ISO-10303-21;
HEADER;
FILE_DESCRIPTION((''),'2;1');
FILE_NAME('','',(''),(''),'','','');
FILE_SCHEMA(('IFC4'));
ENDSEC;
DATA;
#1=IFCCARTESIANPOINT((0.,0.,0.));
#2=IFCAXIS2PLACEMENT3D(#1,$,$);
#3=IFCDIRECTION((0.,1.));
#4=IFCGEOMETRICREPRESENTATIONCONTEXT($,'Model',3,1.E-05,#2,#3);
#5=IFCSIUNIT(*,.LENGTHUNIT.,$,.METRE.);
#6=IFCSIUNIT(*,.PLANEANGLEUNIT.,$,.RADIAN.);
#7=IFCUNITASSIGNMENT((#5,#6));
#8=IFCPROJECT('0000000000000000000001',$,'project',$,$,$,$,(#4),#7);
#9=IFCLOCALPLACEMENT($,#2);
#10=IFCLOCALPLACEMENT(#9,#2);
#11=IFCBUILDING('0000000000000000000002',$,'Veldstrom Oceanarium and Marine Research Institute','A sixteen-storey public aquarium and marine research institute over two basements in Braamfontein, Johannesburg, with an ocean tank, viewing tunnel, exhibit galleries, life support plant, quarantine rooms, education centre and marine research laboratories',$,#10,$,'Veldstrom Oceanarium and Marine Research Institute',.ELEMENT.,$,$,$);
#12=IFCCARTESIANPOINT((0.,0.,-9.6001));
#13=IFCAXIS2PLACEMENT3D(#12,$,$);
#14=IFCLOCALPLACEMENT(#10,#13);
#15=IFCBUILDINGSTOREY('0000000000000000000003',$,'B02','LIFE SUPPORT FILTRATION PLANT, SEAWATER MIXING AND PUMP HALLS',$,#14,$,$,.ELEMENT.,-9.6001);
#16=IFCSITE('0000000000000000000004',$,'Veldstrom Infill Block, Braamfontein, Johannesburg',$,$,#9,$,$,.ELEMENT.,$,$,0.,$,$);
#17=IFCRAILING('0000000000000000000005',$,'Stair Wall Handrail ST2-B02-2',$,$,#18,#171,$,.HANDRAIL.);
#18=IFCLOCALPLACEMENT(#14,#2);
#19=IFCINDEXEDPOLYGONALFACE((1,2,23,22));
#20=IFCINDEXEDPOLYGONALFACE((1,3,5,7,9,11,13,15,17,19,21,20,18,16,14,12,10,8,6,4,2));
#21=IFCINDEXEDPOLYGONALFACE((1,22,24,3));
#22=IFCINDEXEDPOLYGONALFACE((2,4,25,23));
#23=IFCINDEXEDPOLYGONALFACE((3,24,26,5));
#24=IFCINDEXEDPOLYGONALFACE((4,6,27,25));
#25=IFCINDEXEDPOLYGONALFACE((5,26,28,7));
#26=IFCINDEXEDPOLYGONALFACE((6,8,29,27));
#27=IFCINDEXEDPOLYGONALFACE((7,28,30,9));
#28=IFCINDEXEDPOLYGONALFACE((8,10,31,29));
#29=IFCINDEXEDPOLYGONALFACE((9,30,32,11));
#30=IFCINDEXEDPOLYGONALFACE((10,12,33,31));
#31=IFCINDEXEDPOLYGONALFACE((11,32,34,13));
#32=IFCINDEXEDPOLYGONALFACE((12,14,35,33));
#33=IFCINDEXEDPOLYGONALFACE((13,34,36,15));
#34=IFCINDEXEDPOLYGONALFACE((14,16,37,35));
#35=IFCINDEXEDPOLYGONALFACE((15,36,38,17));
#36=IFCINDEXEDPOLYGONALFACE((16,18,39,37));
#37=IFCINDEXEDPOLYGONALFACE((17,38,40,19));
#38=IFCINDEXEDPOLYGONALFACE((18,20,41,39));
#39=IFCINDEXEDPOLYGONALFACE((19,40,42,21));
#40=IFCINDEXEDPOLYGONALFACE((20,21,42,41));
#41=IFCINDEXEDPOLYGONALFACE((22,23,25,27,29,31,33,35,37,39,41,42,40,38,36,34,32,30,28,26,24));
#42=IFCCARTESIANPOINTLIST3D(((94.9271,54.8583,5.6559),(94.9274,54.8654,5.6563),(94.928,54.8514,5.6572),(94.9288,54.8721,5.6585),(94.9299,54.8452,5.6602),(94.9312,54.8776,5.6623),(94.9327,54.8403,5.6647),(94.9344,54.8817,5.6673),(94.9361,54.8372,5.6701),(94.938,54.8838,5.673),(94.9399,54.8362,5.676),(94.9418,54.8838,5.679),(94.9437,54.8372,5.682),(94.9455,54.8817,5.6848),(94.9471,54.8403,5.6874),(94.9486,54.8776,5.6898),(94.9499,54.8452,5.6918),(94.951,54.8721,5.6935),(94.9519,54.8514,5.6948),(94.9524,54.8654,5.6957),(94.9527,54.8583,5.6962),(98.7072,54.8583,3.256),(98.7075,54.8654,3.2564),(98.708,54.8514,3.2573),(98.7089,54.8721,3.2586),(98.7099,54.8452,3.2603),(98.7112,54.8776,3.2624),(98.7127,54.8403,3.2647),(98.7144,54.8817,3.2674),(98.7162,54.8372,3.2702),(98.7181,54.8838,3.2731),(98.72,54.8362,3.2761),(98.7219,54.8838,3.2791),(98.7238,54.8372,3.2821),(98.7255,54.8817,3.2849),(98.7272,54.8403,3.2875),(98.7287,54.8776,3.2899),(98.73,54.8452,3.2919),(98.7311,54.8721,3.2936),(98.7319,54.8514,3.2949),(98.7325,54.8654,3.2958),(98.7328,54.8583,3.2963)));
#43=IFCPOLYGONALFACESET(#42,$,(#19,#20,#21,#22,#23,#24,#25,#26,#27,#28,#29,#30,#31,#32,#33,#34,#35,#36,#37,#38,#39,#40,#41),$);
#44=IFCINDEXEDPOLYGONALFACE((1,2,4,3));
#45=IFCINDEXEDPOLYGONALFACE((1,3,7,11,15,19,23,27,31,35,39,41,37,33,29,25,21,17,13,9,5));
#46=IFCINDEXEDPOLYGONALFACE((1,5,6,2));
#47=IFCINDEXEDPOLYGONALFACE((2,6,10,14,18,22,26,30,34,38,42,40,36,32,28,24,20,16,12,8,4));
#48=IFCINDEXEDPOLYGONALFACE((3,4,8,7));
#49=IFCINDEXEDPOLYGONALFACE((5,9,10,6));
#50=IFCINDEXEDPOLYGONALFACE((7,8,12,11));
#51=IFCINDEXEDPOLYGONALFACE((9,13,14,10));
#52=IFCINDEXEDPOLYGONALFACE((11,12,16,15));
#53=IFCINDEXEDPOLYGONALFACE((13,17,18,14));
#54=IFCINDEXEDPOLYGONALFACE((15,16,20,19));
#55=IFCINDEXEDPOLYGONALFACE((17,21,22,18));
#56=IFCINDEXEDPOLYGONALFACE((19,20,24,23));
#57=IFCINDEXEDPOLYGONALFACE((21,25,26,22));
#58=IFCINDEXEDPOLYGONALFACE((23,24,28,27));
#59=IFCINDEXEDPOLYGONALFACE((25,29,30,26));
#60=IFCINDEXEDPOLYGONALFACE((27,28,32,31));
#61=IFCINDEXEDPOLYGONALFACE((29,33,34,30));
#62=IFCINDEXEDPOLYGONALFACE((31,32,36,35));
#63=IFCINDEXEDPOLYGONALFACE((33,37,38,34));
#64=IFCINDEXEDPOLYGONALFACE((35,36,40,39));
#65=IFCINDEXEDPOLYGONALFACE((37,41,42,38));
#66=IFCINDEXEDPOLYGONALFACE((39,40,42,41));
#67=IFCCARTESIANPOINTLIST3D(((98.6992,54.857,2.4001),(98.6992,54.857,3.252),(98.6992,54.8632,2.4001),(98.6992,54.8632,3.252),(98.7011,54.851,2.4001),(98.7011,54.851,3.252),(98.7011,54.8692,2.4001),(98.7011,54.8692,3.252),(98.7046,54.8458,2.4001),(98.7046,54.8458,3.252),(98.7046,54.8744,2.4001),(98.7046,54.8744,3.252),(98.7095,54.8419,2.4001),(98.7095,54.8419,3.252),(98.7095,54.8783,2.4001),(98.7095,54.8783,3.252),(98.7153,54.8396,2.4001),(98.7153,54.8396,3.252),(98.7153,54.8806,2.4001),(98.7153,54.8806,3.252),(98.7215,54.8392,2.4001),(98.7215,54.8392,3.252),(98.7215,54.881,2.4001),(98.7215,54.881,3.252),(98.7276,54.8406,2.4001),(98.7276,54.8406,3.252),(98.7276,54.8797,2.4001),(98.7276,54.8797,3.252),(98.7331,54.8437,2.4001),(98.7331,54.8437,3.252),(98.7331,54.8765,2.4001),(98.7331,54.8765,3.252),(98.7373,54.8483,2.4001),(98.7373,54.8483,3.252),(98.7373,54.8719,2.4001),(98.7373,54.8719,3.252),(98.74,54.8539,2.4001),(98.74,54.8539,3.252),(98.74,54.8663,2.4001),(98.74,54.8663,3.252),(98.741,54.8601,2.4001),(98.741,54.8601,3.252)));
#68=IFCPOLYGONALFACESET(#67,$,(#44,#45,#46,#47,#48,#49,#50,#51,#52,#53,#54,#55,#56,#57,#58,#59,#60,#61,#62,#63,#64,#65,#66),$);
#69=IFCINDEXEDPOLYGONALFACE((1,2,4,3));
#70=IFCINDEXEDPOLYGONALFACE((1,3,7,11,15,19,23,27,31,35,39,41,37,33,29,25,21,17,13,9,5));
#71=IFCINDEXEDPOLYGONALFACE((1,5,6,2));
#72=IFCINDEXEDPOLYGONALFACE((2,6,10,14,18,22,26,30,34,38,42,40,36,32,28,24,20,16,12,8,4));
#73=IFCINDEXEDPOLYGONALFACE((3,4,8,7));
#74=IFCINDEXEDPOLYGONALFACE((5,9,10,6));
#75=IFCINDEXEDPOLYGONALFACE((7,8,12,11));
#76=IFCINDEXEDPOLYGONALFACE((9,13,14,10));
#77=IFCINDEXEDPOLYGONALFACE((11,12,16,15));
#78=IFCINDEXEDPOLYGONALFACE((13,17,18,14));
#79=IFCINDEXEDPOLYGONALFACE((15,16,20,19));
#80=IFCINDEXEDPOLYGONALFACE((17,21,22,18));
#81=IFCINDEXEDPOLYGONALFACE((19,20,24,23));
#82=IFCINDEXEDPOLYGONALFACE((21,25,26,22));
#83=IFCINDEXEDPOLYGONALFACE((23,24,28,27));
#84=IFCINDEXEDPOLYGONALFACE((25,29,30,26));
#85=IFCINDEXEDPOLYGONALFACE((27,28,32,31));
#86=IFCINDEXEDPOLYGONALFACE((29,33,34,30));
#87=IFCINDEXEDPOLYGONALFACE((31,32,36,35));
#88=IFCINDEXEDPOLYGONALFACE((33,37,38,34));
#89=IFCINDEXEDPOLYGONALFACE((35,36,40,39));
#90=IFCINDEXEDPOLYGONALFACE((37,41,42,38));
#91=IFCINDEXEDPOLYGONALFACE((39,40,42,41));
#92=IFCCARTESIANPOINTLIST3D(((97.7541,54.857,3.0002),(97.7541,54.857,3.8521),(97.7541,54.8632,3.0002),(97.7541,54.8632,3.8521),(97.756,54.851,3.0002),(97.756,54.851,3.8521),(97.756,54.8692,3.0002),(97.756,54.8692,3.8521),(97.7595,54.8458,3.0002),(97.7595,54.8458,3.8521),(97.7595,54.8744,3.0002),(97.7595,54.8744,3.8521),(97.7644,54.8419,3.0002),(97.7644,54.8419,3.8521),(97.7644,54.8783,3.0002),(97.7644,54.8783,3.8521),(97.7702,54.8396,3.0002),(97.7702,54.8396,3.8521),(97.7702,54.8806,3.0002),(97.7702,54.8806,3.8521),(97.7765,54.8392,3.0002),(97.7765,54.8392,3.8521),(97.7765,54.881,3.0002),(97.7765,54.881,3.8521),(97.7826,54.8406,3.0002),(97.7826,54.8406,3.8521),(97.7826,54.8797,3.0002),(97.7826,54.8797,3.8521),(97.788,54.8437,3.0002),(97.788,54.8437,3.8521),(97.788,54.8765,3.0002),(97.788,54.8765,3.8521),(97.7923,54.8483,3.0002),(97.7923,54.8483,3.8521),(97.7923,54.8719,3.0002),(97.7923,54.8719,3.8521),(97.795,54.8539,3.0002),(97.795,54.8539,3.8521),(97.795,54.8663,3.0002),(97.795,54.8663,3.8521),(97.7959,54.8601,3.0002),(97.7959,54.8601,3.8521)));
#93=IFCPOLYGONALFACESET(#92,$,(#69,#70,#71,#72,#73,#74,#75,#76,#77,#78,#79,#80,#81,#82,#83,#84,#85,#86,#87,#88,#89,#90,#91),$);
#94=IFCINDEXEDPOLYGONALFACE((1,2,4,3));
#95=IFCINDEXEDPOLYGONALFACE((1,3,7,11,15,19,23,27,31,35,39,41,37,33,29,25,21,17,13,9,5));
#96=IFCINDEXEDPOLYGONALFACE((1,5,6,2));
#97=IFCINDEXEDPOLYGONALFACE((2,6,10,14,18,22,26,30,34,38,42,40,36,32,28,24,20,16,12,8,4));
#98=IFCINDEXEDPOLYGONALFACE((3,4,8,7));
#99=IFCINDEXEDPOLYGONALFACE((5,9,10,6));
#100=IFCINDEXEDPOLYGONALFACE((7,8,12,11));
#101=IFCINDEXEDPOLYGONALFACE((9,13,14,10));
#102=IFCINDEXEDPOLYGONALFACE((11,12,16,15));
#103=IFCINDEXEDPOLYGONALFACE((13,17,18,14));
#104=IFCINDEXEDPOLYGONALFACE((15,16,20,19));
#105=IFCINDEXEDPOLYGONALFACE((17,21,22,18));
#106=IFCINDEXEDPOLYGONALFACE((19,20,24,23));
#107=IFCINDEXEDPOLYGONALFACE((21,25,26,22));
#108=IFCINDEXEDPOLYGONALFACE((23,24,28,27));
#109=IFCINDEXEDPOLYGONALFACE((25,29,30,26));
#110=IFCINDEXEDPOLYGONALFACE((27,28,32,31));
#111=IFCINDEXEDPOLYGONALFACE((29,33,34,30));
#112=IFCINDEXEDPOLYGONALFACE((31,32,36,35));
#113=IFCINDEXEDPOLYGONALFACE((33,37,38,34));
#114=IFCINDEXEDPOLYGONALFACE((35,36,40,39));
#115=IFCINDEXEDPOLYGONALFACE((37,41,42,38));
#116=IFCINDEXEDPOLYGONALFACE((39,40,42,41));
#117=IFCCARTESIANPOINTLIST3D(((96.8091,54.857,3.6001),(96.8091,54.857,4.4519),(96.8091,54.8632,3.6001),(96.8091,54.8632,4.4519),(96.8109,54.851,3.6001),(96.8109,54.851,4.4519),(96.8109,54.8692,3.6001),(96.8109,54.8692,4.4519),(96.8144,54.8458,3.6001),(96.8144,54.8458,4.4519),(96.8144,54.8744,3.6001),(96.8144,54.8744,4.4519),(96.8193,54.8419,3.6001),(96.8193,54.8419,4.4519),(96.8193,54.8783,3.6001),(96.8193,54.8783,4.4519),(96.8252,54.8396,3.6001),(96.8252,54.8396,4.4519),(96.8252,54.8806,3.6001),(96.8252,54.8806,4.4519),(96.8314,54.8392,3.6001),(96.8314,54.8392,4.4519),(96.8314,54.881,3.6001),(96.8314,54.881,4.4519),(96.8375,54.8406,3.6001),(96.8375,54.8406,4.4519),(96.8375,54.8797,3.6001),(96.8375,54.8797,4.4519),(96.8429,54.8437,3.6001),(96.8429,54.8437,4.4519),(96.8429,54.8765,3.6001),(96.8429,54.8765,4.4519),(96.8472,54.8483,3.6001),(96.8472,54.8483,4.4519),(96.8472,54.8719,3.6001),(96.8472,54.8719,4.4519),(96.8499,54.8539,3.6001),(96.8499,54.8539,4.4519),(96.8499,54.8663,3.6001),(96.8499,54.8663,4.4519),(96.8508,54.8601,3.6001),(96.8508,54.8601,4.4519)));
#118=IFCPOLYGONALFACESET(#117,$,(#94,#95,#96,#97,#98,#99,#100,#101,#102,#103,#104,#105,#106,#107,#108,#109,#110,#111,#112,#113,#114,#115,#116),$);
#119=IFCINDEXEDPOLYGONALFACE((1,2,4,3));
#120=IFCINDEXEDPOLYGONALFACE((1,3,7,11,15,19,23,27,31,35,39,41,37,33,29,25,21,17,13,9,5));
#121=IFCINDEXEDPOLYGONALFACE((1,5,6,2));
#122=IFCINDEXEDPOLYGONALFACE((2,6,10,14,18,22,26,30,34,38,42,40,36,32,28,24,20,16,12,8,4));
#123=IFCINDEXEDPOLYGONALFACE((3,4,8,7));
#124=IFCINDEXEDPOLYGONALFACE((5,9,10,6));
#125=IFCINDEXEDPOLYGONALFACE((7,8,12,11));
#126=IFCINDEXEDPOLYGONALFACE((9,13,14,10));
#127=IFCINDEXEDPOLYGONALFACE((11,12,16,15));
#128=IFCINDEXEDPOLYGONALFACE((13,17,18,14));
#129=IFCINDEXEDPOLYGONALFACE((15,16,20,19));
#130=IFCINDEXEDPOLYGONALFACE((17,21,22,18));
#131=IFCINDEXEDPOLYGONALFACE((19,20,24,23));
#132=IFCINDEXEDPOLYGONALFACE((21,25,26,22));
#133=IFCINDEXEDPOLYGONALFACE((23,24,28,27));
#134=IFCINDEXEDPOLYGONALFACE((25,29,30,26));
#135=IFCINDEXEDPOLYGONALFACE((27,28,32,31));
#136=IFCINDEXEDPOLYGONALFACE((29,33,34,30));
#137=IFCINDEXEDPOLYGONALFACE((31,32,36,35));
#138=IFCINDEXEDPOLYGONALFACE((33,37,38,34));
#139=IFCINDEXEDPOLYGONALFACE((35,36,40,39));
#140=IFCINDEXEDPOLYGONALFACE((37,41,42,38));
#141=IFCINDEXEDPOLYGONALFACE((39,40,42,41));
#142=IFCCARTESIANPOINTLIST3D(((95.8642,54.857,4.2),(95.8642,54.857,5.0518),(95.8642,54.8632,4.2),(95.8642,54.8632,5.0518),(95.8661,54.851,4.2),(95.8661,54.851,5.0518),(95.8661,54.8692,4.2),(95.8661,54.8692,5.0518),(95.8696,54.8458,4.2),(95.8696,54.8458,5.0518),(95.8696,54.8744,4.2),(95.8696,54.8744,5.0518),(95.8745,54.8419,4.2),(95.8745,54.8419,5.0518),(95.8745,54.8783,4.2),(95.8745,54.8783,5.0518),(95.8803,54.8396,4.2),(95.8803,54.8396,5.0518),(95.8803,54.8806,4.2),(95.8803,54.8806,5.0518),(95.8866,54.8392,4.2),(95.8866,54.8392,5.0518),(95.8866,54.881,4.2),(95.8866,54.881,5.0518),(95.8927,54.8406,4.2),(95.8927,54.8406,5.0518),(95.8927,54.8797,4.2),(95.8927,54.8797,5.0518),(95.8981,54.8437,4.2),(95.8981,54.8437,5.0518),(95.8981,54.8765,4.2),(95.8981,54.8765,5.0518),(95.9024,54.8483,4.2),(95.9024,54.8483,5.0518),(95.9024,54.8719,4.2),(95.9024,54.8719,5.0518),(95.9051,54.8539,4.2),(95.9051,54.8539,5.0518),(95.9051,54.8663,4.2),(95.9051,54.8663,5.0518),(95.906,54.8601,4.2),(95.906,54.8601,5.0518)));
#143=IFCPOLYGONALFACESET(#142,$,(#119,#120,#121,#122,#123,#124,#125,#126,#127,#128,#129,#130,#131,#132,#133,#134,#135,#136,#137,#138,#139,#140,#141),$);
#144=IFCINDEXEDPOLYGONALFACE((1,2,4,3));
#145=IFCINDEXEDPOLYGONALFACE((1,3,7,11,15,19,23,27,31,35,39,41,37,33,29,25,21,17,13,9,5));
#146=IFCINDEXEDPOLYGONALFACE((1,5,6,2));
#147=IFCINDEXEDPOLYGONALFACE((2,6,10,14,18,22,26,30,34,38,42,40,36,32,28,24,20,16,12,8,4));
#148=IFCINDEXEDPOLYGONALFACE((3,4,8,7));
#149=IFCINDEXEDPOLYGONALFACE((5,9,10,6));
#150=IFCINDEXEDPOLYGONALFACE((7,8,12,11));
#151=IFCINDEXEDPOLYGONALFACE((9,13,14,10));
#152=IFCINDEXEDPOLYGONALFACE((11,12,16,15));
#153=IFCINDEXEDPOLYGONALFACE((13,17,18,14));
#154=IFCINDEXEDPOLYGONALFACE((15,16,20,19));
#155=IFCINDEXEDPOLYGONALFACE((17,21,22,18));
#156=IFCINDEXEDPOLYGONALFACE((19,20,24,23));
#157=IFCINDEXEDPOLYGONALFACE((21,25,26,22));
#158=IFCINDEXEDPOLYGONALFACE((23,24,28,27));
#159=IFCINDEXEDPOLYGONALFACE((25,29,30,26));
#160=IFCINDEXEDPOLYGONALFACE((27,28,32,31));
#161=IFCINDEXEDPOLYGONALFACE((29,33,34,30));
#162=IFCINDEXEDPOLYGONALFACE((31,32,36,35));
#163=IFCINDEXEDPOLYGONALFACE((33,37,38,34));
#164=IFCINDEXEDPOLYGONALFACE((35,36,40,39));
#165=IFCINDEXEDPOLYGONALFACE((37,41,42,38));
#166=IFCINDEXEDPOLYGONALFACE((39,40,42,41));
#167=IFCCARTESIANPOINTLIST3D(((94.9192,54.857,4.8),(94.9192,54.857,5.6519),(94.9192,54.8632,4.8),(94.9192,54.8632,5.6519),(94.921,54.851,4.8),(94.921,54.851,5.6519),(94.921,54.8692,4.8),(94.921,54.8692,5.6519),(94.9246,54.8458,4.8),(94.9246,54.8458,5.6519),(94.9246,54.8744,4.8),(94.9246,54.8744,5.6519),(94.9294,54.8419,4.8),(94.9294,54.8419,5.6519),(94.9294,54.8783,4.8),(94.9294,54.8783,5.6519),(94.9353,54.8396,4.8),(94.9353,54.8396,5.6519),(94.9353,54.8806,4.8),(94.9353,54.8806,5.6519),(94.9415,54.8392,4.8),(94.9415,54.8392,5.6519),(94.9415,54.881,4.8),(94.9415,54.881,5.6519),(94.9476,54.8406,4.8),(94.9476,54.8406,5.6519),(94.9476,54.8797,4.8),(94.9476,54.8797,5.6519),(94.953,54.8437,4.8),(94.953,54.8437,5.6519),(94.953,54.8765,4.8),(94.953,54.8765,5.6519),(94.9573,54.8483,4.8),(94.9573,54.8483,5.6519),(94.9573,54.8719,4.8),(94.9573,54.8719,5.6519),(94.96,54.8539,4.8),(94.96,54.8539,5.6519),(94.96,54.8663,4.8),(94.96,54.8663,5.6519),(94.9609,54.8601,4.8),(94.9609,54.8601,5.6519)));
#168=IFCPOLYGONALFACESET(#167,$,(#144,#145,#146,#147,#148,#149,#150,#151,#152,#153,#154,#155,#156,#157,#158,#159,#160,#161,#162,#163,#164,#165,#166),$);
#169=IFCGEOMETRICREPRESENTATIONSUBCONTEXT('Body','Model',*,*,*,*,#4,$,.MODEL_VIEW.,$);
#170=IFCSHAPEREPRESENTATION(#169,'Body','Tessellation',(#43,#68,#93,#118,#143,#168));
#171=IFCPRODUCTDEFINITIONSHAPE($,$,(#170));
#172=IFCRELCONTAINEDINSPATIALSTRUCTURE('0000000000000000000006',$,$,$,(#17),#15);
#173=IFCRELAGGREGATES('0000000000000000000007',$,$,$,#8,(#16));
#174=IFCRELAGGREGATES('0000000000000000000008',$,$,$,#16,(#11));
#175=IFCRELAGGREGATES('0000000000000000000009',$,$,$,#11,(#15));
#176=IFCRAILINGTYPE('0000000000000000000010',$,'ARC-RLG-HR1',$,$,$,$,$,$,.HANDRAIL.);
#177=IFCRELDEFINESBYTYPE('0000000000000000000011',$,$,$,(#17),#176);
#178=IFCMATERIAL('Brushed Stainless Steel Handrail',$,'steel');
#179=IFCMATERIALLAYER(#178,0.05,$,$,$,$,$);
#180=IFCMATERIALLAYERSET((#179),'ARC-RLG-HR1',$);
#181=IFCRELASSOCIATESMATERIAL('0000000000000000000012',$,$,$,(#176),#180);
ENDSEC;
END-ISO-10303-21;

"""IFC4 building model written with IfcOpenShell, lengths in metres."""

from ifc_helpers import new_model, si_unit, direction, frame, origin, origin_2d, place, context, subcontext, project, spatial, circle, extrude, material, layer, layer_set, type_object, element, save


model = new_model("IFC4")

# Units and contexts
model_context = context("Model", 3, precision=1e-05, world=origin(), true_north=direction((0.0, 1.0)))
body_context = subcontext(model_context, "Body", "Model", "MODEL_VIEW")
ifc_project = project(units=[si_unit("LENGTHUNIT", "METRE"), si_unit("PLANEANGLEUNIT", "RADIAN")], contexts=[model_context])

# Site, building, storey
site_placement = place(None, origin())
site = spatial("IfcSite", under=ifc_project, at=site_placement, Name="Veldstrom Infill Block, Braamfontein, Johannesburg", CompositionType="ELEMENT", RefElevation=0.0)
building_placement = place(site_placement, origin())
building = spatial("IfcBuilding", under=site, at=building_placement, Name="Veldstrom Oceanarium and Marine Research Institute", Description="A sixteen-storey public aquarium and marine research institute over two basements in Braamfontein, Johannesburg, with an ocean tank, viewing tunnel, exhibit galleries, life support plant, quarantine rooms, education centre and marine research laboratories", LongName="Veldstrom Oceanarium and Marine Research Institute", CompositionType="ELEMENT")
storey_placement = place(building_placement, frame((0.0, 0.0, -9.6001)))
storey = spatial("IfcBuildingStorey", under=building, at=storey_placement, Name="B02", Description="LIFE SUPPORT FILTRATION PLANT, SEAWATER MIXING AND PUMP HALLS", CompositionType="ELEMENT", Elevation=-9.6001)

# Railing
ifc_material_1 = material(Name="Brushed Stainless Steel Handrail", Category="steel")
ifc_layer_1 = layer(ifc_material_1, 0.05)
ifc_layer_set_1 = layer_set([ifc_layer_1], Name="ARC-RLG-HR1")
railing_type_1 = type_object("IfcRailingType", Name="ARC-RLG-HR1", PredefinedType="HANDRAIL", material=ifc_layer_set_1)
railing_1_placement = place(storey_placement, frame((98.72, 54.8601, 2.4001)))
element("IfcRailing", 1, at=railing_1_placement, inside=storey, type_object=railing_type_1, Name="Stair Wall Handrail ST2-B02-2", PredefinedType="HANDRAIL", context=body_context, shape_type="SweptSolid", body=[
    extrude(circle(Radius=0.0239, at=origin_2d()), frame((0.0, 0.0, 0.876), z_axis=(-0.844225, 0.0, 0.53599), x_axis=(0.0, -1.0, 0.0)), (0.0, 0.0, 1.0), 4.4775),
    extrude(circle(Radius=0.021, at=origin_2d()), origin(), (0.0, 0.0, 1.0), 0.8518),
    extrude(circle(Radius=0.021, at=origin_2d()), frame((-0.9451, 0.0, 0.6001)), (0.0, 0.0, 1.0), 0.8518),
    extrude(circle(Radius=0.021, at=origin_2d()), frame((-1.8901, 0.0, 1.2)), (0.0, 0.0, 1.0), 0.8518),
    extrude(circle(Radius=0.021, at=origin_2d()), frame((-2.835, 0.0, 1.7998)), (0.0, 0.0, 1.0), 0.8518),
    extrude(circle(Radius=0.021, at=origin_2d()), frame((-3.78, 0.0, 2.3999)), (0.0, 0.0, 1.0), 0.8518),
])

save(model, "model.ifc")
